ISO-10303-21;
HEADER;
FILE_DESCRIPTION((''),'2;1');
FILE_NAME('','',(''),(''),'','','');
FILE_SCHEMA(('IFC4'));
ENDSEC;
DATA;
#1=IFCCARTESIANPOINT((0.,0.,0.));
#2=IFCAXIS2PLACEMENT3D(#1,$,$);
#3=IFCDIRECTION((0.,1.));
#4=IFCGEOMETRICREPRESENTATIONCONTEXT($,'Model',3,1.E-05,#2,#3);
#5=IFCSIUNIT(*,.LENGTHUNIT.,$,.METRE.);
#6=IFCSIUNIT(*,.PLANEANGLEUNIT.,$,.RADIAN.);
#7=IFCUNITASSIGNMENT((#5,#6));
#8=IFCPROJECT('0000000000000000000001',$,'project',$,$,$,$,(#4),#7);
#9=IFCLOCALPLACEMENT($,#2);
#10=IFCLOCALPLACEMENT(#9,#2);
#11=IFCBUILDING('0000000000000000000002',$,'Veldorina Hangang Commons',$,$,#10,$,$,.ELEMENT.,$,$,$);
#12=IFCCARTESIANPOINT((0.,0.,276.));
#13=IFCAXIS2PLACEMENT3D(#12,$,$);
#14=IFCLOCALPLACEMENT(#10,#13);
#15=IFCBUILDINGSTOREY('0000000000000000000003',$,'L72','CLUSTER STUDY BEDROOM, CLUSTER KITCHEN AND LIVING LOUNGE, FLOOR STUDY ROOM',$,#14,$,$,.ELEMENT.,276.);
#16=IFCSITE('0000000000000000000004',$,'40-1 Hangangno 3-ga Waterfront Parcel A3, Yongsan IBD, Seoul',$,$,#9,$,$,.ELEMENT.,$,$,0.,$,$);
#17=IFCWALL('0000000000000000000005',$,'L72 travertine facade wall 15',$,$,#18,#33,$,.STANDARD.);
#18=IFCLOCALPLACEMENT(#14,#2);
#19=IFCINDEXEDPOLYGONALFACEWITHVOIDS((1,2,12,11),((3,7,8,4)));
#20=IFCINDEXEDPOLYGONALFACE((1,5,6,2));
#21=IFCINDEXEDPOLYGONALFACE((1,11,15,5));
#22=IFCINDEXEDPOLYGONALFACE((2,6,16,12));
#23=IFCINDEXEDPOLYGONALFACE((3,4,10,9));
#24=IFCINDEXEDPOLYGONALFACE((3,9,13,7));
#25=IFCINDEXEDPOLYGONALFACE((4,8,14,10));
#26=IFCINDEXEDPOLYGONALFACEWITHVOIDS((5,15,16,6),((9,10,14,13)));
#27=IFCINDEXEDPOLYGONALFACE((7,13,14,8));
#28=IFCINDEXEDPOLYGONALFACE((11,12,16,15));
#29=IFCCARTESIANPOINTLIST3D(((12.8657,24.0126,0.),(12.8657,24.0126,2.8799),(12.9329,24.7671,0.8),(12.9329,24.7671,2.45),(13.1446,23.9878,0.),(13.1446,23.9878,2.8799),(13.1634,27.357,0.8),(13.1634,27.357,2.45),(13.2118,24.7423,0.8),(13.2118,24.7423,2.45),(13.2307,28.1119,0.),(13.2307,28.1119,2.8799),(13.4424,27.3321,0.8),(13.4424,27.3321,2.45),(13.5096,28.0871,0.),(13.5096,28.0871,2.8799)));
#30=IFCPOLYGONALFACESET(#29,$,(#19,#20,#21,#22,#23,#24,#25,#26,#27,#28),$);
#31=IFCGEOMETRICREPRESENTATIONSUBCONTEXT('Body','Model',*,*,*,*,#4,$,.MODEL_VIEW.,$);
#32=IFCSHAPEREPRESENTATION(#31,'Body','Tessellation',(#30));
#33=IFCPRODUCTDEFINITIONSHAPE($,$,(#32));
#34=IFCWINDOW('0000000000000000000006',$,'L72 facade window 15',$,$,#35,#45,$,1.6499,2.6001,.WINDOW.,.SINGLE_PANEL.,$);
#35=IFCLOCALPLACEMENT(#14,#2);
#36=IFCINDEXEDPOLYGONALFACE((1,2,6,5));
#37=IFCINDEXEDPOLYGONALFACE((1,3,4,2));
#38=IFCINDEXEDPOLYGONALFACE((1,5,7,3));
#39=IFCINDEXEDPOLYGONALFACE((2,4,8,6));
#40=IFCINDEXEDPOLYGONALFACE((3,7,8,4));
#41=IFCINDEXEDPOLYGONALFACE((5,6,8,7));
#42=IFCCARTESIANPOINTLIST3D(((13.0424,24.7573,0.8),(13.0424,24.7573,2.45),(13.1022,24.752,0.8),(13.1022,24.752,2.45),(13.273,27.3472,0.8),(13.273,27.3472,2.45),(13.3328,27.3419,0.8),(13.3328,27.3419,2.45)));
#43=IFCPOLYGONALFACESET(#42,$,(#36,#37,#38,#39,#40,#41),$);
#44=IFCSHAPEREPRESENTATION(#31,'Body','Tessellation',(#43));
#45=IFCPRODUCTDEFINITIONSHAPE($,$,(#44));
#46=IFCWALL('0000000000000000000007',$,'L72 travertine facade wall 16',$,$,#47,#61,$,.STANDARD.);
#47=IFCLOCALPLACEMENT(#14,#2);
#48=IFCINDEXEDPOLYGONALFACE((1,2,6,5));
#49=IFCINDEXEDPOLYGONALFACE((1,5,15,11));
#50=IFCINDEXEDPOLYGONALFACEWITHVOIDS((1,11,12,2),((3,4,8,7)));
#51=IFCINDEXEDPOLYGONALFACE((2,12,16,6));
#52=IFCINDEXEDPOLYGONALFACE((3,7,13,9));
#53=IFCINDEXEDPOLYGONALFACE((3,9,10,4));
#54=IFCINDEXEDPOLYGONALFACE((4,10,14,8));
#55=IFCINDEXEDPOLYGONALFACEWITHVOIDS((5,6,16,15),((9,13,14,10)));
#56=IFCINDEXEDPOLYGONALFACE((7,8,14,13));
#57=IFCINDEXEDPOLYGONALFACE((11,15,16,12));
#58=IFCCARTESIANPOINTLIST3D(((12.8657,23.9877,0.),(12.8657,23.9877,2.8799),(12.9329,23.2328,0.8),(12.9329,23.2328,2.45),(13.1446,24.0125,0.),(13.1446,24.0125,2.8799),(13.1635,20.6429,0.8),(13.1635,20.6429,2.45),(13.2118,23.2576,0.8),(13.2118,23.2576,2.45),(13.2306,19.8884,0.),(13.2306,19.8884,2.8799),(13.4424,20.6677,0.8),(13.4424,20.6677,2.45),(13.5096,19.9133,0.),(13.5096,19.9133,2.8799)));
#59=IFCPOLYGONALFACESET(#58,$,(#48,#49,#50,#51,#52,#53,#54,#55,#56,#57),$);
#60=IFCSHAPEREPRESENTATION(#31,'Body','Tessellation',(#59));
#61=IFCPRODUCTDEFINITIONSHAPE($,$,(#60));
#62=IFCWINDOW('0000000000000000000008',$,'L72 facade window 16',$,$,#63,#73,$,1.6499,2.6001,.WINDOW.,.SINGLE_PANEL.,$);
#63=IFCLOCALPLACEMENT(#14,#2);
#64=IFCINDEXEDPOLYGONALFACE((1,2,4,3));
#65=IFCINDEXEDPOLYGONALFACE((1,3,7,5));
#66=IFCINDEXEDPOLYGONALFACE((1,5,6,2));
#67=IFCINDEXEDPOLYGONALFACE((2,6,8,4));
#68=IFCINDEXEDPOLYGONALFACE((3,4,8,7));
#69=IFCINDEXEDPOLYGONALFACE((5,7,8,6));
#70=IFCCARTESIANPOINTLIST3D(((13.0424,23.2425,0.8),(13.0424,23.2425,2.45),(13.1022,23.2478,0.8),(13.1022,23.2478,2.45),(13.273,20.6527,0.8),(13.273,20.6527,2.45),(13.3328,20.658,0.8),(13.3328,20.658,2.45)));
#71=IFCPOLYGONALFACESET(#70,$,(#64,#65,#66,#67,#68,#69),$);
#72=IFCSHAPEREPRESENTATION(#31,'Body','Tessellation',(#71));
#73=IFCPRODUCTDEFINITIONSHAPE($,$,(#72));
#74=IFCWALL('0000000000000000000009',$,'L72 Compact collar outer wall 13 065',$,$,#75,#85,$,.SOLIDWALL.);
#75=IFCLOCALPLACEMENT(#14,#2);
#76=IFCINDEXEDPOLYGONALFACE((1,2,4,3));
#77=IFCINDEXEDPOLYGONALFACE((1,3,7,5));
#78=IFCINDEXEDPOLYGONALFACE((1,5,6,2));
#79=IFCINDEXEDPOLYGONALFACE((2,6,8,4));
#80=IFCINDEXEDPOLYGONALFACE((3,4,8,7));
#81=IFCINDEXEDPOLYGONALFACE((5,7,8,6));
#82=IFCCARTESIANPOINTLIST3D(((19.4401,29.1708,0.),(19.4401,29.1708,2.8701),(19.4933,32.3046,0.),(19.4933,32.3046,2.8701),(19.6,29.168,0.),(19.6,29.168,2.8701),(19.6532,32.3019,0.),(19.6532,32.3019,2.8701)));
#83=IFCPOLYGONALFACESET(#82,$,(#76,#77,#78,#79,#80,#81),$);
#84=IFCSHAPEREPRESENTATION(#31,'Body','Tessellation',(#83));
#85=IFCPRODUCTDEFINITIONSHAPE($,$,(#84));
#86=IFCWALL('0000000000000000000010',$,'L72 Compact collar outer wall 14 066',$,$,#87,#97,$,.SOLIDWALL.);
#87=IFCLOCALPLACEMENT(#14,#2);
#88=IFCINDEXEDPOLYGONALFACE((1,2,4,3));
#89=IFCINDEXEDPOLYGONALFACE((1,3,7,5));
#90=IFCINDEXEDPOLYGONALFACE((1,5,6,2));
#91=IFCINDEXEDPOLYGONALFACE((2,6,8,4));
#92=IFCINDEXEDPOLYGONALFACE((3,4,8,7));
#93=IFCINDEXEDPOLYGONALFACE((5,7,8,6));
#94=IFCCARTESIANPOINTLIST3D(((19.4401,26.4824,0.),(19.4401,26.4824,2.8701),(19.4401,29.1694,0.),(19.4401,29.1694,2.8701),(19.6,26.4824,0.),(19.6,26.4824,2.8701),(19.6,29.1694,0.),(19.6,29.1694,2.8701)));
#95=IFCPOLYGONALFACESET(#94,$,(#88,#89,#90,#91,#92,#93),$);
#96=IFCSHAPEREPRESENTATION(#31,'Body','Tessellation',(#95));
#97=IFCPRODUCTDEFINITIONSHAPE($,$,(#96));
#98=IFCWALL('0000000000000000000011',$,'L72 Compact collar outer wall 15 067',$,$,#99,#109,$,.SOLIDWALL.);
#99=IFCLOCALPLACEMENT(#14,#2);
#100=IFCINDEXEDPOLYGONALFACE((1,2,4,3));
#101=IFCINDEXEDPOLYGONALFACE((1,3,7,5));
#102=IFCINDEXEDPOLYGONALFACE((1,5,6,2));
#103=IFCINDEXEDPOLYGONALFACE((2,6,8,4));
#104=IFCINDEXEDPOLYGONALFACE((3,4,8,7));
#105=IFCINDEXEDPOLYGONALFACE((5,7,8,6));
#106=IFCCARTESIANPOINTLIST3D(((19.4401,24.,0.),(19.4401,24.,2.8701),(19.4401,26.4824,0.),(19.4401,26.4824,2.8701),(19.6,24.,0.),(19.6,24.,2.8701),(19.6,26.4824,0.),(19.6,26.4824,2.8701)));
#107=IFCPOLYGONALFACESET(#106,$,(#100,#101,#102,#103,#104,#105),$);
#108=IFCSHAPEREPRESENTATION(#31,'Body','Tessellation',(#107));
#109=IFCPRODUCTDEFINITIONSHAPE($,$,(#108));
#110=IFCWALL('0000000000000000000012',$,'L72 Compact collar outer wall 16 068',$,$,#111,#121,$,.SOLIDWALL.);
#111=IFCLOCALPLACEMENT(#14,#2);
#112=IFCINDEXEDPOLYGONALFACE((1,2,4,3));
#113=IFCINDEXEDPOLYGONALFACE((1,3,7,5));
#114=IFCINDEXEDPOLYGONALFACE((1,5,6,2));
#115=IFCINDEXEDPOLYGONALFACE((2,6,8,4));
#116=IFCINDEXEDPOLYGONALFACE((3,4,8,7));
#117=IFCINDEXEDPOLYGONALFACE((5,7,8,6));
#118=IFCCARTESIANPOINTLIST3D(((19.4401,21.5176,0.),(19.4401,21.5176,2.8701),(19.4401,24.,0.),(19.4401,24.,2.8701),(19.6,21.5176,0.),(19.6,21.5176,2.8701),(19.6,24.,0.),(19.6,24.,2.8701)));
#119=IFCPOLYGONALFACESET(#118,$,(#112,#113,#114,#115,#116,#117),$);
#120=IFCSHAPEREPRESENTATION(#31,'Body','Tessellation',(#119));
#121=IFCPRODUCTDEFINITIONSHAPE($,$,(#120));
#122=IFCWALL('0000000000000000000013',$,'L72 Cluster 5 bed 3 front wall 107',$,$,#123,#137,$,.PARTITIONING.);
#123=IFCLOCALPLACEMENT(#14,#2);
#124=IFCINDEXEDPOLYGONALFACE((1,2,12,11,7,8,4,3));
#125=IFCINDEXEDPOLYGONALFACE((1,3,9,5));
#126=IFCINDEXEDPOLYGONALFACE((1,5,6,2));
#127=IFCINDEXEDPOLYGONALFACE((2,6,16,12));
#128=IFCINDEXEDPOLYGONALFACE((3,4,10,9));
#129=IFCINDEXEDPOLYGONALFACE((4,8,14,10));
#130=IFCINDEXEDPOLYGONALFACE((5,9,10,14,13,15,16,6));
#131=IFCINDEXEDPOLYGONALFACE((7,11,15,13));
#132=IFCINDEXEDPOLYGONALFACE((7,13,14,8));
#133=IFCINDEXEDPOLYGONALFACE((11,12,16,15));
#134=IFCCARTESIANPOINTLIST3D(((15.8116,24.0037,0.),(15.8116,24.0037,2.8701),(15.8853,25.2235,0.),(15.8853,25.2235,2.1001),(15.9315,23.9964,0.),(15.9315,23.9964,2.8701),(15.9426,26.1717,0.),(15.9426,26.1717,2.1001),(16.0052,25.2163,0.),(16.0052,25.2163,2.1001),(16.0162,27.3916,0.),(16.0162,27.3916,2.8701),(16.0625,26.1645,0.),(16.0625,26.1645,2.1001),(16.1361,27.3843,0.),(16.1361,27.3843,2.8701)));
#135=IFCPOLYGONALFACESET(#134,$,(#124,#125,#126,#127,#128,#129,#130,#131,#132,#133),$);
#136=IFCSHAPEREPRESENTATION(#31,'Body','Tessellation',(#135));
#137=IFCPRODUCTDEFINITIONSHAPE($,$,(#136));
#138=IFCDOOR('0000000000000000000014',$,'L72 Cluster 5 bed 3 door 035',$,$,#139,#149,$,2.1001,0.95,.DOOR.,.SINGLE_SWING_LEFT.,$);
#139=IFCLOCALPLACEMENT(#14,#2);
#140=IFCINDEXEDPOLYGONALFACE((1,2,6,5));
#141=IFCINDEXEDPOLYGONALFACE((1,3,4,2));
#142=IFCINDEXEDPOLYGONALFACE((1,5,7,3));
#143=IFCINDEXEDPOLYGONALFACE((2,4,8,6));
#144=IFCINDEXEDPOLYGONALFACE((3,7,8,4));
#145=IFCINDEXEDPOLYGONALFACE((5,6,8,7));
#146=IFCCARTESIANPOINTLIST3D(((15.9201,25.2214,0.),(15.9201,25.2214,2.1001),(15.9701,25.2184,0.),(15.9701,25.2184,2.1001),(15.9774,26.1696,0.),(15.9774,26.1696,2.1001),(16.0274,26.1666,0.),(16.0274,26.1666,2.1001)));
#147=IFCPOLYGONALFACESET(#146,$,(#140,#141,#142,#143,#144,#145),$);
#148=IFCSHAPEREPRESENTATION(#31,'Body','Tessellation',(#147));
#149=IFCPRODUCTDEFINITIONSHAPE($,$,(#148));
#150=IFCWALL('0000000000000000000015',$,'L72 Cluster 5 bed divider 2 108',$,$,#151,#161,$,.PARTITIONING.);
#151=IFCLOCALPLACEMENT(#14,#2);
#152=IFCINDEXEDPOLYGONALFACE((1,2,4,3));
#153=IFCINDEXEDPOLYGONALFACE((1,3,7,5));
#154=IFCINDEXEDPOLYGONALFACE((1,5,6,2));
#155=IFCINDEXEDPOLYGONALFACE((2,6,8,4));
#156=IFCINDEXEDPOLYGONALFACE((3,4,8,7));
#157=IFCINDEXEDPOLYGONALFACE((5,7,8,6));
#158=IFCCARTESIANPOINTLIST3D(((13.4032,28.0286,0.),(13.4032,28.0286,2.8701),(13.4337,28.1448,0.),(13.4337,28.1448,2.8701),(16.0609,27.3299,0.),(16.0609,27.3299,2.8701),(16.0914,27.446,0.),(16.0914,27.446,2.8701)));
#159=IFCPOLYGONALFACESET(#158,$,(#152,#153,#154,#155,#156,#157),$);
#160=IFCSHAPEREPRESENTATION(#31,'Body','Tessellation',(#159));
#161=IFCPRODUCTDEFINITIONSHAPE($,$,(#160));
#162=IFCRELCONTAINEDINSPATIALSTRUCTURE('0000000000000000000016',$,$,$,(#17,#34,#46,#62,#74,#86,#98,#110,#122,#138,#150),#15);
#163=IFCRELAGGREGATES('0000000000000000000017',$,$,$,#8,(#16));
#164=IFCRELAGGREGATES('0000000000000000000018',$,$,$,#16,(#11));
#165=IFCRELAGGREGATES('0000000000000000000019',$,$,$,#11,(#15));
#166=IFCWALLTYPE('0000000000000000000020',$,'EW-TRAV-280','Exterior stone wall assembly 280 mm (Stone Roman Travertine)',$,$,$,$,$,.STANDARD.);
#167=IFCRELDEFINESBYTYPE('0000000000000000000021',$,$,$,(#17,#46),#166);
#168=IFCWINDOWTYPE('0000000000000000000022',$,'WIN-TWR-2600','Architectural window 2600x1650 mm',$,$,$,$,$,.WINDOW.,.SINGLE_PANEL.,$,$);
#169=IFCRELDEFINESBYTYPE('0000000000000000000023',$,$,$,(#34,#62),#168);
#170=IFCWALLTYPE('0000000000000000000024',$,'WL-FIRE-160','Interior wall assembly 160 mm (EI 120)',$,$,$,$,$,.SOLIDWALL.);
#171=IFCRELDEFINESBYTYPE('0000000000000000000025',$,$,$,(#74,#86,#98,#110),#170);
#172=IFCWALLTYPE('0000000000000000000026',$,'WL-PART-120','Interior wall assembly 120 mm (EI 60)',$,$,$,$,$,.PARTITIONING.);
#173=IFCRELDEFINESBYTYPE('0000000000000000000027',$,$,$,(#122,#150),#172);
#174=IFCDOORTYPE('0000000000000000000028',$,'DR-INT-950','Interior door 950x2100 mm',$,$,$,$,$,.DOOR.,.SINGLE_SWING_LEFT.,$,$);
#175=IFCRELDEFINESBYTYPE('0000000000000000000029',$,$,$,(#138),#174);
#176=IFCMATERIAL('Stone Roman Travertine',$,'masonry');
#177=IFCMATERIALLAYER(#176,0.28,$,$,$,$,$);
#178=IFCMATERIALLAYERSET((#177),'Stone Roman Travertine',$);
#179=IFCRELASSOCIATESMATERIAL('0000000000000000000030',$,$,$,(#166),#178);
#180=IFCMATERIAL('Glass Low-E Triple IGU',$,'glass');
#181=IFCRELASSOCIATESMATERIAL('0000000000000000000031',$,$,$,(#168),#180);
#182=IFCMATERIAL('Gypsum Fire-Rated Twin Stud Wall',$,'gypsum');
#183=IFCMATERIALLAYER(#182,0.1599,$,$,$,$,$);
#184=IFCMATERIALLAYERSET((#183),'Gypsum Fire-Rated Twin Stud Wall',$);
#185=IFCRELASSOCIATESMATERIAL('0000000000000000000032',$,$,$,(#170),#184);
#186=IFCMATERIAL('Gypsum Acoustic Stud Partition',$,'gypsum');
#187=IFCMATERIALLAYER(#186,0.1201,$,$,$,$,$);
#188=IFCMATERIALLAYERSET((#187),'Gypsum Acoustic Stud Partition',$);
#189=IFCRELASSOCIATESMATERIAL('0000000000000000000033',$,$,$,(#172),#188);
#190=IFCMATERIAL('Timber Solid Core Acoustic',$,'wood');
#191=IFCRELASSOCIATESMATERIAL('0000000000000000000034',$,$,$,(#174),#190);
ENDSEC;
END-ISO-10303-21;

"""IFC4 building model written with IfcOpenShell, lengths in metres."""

from ifc_helpers import new_model, si_unit, direction, frame, frame_2d, origin, place, context, subcontext, project, spatial, rectangle, extrude, material, layer, layer_set, type_object, element, fill, save


model = new_model("IFC4")

# Units and contexts
model_context = context("Model", 3, precision=1e-05, world=origin(), true_north=direction((0.0, 1.0)))
body_context = subcontext(model_context, "Body", "Model", "MODEL_VIEW")
ifc_project = project(units=[si_unit("LENGTHUNIT", "METRE"), si_unit("PLANEANGLEUNIT", "RADIAN")], contexts=[model_context])

# Site, building, storey
site_placement = place(None, origin())
site = spatial("IfcSite", under=ifc_project, at=site_placement, Name="40-1 Hangangno 3-ga Waterfront Parcel A3, Yongsan IBD, Seoul", CompositionType="ELEMENT", RefElevation=0.0)
building_placement = place(site_placement, origin())
building = spatial("IfcBuilding", under=site, at=building_placement, Name="Veldorina Hangang Commons", CompositionType="ELEMENT")
storey_placement = place(building_placement, frame((0.0, 0.0, 276.0)))
storey = spatial("IfcBuildingStorey", under=building, at=storey_placement, Name="L72", Description="CLUSTER STUDY BEDROOM, CLUSTER KITCHEN AND LIVING LOUNGE, FLOOR STUDY ROOM", CompositionType="ELEMENT", Elevation=276.0)

# Walls, openings, windows
ifc_material_1 = material(Name="Stone Roman Travertine", Category="masonry")
ifc_layer_1 = layer(ifc_material_1, 0.28)
ifc_layer_set_1 = layer_set([ifc_layer_1], Name="Stone Roman Travertine")
wall_type_1 = type_object("IfcWallType", Name="EW-TRAV-280", Description="Exterior stone wall assembly 280 mm (Stone Roman Travertine)", PredefinedType="STANDARD", material=ifc_layer_set_1)
ifc_material_2 = material(Name="Glass Low-E Triple IGU", Category="glass")
window_type = type_object("IfcWindowType", Name="WIN-TWR-2600", Description="Architectural window 2600x1650 mm", PartitioningType="SINGLE_PANEL", PredefinedType="WINDOW", material=ifc_material_2)
wall_1_placement = place(storey_placement, frame((13.3701, 28.0994, 0.0), z_axis=(0.0, 0.0, 1.0), x_axis=(-0.088685, -0.99606, 0.0)))
wall_1 = element("IfcWall", 1, at=wall_1_placement, inside=storey, type_object=wall_type_1, Name="L72 travertine facade wall 15", PredefinedType="STANDARD", context=body_context, shape_type="SweptSolid", body=[
    extrude(rectangle(XDim=4.1155, YDim=0.28, at=frame_2d((2.0576, 0.0))), origin(), (0.0, 0.0, 1.0), 2.8799),
])
opening_1_placement = place(wall_1_placement, frame((0.7578, 0.0, 0.8)))
opening_1 = element("IfcOpeningElement", 2, at=opening_1_placement, cuts=wall_1, PredefinedType="OPENING", context=body_context, shape_type="SweptSolid", body=[
    extrude(rectangle(XDim=2.6001, YDim=1.6499, at=frame_2d((1.3, 0.825))), frame((0.0, 0.1499, 0.0), z_axis=(0.0, -1.0, 0.0), x_axis=(1.0, 0.0, 0.0)), (0.0, 0.0, 1.0), 0.3),
])
window_1_placement = place(opening_1_placement, origin())
window_1 = element("IfcWindow", 3, at=window_1_placement, inside=storey, type_object=window_type, Name="L72 facade window 15", OverallHeight=1.6499, OverallWidth=2.6001, PartitioningType="SINGLE_PANEL", PredefinedType="WINDOW", context=body_context, shape_type="SweptSolid", body=[
    extrude(rectangle(XDim=2.6001, YDim=1.6499, at=frame_2d((1.3, 0.825))), frame((0.0, 0.03, 0.0), z_axis=(0.0, -1.0, 0.0), x_axis=(1.0, 0.0, 0.0)), (0.0, 0.0, 1.0), 0.0601),
])
fill(opening_1, window_1)
wall_2_placement = place(storey_placement, frame((13.0051, 24.0, 0.0), z_axis=(0.0, 0.0, 1.0), x_axis=(0.088685, -0.99606, 0.0)))
wall_2 = element("IfcWall", 4, at=wall_2_placement, inside=storey, type_object=wall_type_1, Name="L72 travertine facade wall 16", PredefinedType="STANDARD", context=body_context, shape_type="SweptSolid", body=[
    extrude(rectangle(XDim=4.1155, YDim=0.28, at=frame_2d((2.0576, 0.0))), origin(), (0.0, 0.0, 1.0), 2.8799),
])
opening_2_placement = place(wall_2_placement, frame((0.7578, 0.0, 0.8)))
opening_2 = element("IfcOpeningElement", 5, at=opening_2_placement, cuts=wall_2, PredefinedType="OPENING", context=body_context, shape_type="SweptSolid", body=[
    extrude(rectangle(XDim=2.6001, YDim=1.6499, at=frame_2d((1.3, 0.825))), frame((0.0, 0.1499, 0.0), z_axis=(0.0, -1.0, 0.0), x_axis=(1.0, 0.0, 0.0)), (0.0, 0.0, 1.0), 0.3),
])
window_2_placement = place(opening_2_placement, origin())
window_2 = element("IfcWindow", 6, at=window_2_placement, inside=storey, type_object=window_type, Name="L72 facade window 16", OverallHeight=1.6499, OverallWidth=2.6001, PartitioningType="SINGLE_PANEL", PredefinedType="WINDOW", context=body_context, shape_type="SweptSolid", body=[
    extrude(rectangle(XDim=2.6001, YDim=1.6499, at=frame_2d((1.3, 0.825))), frame((0.0, 0.03, 0.0), z_axis=(0.0, -1.0, 0.0), x_axis=(1.0, 0.0, 0.0)), (0.0, 0.0, 1.0), 0.0601),
])
fill(opening_2, window_2)

# Walls
ifc_material_3 = material(Name="Gypsum Fire-Rated Twin Stud Wall", Category="gypsum")
ifc_layer_2 = layer(ifc_material_3, 0.1599)
ifc_layer_set_2 = layer_set([ifc_layer_2], Name="Gypsum Fire-Rated Twin Stud Wall")
wall_type_2 = type_object("IfcWallType", Name="WL-FIRE-160", Description="Interior wall assembly 160 mm (EI 120)", PredefinedType="SOLIDWALL", material=ifc_layer_set_2)
wall_3_placement = place(storey_placement, frame((19.5732, 32.3032, 0.0), z_axis=(0.0, 0.0, 1.0), x_axis=(-0.016981, -0.999856, 0.0)))
element("IfcWall", 7, at=wall_3_placement, inside=storey, type_object=wall_type_2, Name="L72 Compact collar outer wall 13 065", PredefinedType="SOLIDWALL", context=body_context, shape_type="SweptSolid", body=[
    extrude(rectangle(XDim=3.1343, YDim=0.1599, at=frame_2d((1.5671, 0.0))), origin(), (0.0, 0.0, 1.0), 2.8701),
])
wall_4_placement = place(storey_placement, frame((19.52, 29.1694, 0.0), z_axis=(0.0, 0.0, 1.0), x_axis=(0.0, -1.0, 0.0)))
element("IfcWall", 8, at=wall_4_placement, inside=storey, type_object=wall_type_2, Name="L72 Compact collar outer wall 14 066", PredefinedType="SOLIDWALL", context=body_context, shape_type="SweptSolid", body=[
    extrude(rectangle(XDim=2.687, YDim=0.1599, at=frame_2d((1.3435, 0.0))), origin(), (0.0, 0.0, 1.0), 2.8701),
])
for number, where, z_axis, x_axis, name in (
    (9, (19.52, 26.4824, 0.0), (0.0, 0.0, 1.0), (0.0, -1.0, 0.0), "L72 Compact collar outer wall 15 067"),
    (10, (19.52, 24.0, 0.0), (0.0, 0.0, 1.0), (0.0, -1.0, 0.0), "L72 Compact collar outer wall 16 068"),
):
    element("IfcWall", number, at=place(storey_placement, frame(where, z_axis=z_axis, x_axis=x_axis)), inside=storey, type_object=wall_type_2, Name=name, PredefinedType="SOLIDWALL", context=body_context, shape_type="SweptSolid", body=[
        extrude(rectangle(XDim=2.4824, YDim=0.1599, at=frame_2d((1.2412, 0.0))), origin(), (0.0, 0.0, 1.0), 2.8701),
    ])

# Wall, opening, door
ifc_material_4 = material(Name="Gypsum Acoustic Stud Partition", Category="gypsum")
ifc_layer_3 = layer(ifc_material_4, 0.1201)
ifc_layer_set_3 = layer_set([ifc_layer_3], Name="Gypsum Acoustic Stud Partition")
wall_type_3 = type_object("IfcWallType", Name="WL-PART-120", Description="Interior wall assembly 120 mm (EI 60)", PredefinedType="PARTITIONING", material=ifc_layer_set_3)
wall_5_placement = place(storey_placement, frame((16.0762, 27.3879, 0.0), z_axis=(0.0, 0.0, 1.0), x_axis=(-0.060278, -0.998182, 0.0)))
wall_5 = element("IfcWall", 11, at=wall_5_placement, inside=storey, type_object=wall_type_3, Name="L72 Cluster 5 bed 3 front wall 107", PredefinedType="PARTITIONING", context=body_context, shape_type="SweptSolid", body=[
    extrude(rectangle(XDim=3.394, YDim=0.1201, at=frame_2d((1.697, 0.0))), origin(), (0.0, 0.0, 1.0), 2.8701),
])
opening_3_placement = place(wall_5_placement, frame((1.2219, 0.0, 0.0)))
opening_3 = element("IfcOpeningElement", 12, at=opening_3_placement, cuts=wall_5, PredefinedType="OPENING", context=body_context, shape_type="SweptSolid", body=[
    extrude(rectangle(XDim=0.95, YDim=2.1001, at=frame_2d((0.4751, 1.05))), frame((0.0, 0.0701, 0.0), z_axis=(0.0, -1.0, 0.0), x_axis=(1.0, 0.0, 0.0)), (0.0, 0.0, 1.0), 0.1401),
])
ifc_material_5 = material(Name="Timber Solid Core Acoustic", Category="wood")
door_type = type_object("IfcDoorType", Name="DR-INT-950", Description="Interior door 950x2100 mm", OperationType="SINGLE_SWING_LEFT", PredefinedType="DOOR", material=ifc_material_5)
door_1_placement = place(opening_3_placement, origin())
door_1 = element("IfcDoor", 13, at=door_1_placement, inside=storey, type_object=door_type, Name="L72 Cluster 5 bed 3 door 035", OperationType="SINGLE_SWING_LEFT", OverallHeight=2.1001, OverallWidth=0.95, PredefinedType="DOOR", context=body_context, shape_type="SweptSolid", body=[
    extrude(rectangle(XDim=0.95, YDim=2.1001, at=frame_2d((0.4751, 1.05))), frame((0.0, 0.0249, 0.0), z_axis=(0.0, -1.0, 0.0), x_axis=(1.0, 0.0, 0.0)), (0.0, 0.0, 1.0), 0.05),
])
fill(opening_3, door_1)

# Wall
wall_6_placement = place(storey_placement, frame((16.0762, 27.3879, 0.0), z_axis=(0.0, 0.0, 1.0), x_axis=(-0.967134, 0.254266, 0.0)))
element("IfcWall", 14, at=wall_6_placement, inside=storey, type_object=wall_type_3, Name="L72 Cluster 5 bed divider 2 108", PredefinedType="PARTITIONING", context=body_context, shape_type="SweptSolid", body=[
    extrude(rectangle(XDim=2.748, YDim=0.1201, at=frame_2d((1.374, 0.0))), origin(), (0.0, 0.0, 1.0), 2.8701),
])

save(model, "model.ifc")
